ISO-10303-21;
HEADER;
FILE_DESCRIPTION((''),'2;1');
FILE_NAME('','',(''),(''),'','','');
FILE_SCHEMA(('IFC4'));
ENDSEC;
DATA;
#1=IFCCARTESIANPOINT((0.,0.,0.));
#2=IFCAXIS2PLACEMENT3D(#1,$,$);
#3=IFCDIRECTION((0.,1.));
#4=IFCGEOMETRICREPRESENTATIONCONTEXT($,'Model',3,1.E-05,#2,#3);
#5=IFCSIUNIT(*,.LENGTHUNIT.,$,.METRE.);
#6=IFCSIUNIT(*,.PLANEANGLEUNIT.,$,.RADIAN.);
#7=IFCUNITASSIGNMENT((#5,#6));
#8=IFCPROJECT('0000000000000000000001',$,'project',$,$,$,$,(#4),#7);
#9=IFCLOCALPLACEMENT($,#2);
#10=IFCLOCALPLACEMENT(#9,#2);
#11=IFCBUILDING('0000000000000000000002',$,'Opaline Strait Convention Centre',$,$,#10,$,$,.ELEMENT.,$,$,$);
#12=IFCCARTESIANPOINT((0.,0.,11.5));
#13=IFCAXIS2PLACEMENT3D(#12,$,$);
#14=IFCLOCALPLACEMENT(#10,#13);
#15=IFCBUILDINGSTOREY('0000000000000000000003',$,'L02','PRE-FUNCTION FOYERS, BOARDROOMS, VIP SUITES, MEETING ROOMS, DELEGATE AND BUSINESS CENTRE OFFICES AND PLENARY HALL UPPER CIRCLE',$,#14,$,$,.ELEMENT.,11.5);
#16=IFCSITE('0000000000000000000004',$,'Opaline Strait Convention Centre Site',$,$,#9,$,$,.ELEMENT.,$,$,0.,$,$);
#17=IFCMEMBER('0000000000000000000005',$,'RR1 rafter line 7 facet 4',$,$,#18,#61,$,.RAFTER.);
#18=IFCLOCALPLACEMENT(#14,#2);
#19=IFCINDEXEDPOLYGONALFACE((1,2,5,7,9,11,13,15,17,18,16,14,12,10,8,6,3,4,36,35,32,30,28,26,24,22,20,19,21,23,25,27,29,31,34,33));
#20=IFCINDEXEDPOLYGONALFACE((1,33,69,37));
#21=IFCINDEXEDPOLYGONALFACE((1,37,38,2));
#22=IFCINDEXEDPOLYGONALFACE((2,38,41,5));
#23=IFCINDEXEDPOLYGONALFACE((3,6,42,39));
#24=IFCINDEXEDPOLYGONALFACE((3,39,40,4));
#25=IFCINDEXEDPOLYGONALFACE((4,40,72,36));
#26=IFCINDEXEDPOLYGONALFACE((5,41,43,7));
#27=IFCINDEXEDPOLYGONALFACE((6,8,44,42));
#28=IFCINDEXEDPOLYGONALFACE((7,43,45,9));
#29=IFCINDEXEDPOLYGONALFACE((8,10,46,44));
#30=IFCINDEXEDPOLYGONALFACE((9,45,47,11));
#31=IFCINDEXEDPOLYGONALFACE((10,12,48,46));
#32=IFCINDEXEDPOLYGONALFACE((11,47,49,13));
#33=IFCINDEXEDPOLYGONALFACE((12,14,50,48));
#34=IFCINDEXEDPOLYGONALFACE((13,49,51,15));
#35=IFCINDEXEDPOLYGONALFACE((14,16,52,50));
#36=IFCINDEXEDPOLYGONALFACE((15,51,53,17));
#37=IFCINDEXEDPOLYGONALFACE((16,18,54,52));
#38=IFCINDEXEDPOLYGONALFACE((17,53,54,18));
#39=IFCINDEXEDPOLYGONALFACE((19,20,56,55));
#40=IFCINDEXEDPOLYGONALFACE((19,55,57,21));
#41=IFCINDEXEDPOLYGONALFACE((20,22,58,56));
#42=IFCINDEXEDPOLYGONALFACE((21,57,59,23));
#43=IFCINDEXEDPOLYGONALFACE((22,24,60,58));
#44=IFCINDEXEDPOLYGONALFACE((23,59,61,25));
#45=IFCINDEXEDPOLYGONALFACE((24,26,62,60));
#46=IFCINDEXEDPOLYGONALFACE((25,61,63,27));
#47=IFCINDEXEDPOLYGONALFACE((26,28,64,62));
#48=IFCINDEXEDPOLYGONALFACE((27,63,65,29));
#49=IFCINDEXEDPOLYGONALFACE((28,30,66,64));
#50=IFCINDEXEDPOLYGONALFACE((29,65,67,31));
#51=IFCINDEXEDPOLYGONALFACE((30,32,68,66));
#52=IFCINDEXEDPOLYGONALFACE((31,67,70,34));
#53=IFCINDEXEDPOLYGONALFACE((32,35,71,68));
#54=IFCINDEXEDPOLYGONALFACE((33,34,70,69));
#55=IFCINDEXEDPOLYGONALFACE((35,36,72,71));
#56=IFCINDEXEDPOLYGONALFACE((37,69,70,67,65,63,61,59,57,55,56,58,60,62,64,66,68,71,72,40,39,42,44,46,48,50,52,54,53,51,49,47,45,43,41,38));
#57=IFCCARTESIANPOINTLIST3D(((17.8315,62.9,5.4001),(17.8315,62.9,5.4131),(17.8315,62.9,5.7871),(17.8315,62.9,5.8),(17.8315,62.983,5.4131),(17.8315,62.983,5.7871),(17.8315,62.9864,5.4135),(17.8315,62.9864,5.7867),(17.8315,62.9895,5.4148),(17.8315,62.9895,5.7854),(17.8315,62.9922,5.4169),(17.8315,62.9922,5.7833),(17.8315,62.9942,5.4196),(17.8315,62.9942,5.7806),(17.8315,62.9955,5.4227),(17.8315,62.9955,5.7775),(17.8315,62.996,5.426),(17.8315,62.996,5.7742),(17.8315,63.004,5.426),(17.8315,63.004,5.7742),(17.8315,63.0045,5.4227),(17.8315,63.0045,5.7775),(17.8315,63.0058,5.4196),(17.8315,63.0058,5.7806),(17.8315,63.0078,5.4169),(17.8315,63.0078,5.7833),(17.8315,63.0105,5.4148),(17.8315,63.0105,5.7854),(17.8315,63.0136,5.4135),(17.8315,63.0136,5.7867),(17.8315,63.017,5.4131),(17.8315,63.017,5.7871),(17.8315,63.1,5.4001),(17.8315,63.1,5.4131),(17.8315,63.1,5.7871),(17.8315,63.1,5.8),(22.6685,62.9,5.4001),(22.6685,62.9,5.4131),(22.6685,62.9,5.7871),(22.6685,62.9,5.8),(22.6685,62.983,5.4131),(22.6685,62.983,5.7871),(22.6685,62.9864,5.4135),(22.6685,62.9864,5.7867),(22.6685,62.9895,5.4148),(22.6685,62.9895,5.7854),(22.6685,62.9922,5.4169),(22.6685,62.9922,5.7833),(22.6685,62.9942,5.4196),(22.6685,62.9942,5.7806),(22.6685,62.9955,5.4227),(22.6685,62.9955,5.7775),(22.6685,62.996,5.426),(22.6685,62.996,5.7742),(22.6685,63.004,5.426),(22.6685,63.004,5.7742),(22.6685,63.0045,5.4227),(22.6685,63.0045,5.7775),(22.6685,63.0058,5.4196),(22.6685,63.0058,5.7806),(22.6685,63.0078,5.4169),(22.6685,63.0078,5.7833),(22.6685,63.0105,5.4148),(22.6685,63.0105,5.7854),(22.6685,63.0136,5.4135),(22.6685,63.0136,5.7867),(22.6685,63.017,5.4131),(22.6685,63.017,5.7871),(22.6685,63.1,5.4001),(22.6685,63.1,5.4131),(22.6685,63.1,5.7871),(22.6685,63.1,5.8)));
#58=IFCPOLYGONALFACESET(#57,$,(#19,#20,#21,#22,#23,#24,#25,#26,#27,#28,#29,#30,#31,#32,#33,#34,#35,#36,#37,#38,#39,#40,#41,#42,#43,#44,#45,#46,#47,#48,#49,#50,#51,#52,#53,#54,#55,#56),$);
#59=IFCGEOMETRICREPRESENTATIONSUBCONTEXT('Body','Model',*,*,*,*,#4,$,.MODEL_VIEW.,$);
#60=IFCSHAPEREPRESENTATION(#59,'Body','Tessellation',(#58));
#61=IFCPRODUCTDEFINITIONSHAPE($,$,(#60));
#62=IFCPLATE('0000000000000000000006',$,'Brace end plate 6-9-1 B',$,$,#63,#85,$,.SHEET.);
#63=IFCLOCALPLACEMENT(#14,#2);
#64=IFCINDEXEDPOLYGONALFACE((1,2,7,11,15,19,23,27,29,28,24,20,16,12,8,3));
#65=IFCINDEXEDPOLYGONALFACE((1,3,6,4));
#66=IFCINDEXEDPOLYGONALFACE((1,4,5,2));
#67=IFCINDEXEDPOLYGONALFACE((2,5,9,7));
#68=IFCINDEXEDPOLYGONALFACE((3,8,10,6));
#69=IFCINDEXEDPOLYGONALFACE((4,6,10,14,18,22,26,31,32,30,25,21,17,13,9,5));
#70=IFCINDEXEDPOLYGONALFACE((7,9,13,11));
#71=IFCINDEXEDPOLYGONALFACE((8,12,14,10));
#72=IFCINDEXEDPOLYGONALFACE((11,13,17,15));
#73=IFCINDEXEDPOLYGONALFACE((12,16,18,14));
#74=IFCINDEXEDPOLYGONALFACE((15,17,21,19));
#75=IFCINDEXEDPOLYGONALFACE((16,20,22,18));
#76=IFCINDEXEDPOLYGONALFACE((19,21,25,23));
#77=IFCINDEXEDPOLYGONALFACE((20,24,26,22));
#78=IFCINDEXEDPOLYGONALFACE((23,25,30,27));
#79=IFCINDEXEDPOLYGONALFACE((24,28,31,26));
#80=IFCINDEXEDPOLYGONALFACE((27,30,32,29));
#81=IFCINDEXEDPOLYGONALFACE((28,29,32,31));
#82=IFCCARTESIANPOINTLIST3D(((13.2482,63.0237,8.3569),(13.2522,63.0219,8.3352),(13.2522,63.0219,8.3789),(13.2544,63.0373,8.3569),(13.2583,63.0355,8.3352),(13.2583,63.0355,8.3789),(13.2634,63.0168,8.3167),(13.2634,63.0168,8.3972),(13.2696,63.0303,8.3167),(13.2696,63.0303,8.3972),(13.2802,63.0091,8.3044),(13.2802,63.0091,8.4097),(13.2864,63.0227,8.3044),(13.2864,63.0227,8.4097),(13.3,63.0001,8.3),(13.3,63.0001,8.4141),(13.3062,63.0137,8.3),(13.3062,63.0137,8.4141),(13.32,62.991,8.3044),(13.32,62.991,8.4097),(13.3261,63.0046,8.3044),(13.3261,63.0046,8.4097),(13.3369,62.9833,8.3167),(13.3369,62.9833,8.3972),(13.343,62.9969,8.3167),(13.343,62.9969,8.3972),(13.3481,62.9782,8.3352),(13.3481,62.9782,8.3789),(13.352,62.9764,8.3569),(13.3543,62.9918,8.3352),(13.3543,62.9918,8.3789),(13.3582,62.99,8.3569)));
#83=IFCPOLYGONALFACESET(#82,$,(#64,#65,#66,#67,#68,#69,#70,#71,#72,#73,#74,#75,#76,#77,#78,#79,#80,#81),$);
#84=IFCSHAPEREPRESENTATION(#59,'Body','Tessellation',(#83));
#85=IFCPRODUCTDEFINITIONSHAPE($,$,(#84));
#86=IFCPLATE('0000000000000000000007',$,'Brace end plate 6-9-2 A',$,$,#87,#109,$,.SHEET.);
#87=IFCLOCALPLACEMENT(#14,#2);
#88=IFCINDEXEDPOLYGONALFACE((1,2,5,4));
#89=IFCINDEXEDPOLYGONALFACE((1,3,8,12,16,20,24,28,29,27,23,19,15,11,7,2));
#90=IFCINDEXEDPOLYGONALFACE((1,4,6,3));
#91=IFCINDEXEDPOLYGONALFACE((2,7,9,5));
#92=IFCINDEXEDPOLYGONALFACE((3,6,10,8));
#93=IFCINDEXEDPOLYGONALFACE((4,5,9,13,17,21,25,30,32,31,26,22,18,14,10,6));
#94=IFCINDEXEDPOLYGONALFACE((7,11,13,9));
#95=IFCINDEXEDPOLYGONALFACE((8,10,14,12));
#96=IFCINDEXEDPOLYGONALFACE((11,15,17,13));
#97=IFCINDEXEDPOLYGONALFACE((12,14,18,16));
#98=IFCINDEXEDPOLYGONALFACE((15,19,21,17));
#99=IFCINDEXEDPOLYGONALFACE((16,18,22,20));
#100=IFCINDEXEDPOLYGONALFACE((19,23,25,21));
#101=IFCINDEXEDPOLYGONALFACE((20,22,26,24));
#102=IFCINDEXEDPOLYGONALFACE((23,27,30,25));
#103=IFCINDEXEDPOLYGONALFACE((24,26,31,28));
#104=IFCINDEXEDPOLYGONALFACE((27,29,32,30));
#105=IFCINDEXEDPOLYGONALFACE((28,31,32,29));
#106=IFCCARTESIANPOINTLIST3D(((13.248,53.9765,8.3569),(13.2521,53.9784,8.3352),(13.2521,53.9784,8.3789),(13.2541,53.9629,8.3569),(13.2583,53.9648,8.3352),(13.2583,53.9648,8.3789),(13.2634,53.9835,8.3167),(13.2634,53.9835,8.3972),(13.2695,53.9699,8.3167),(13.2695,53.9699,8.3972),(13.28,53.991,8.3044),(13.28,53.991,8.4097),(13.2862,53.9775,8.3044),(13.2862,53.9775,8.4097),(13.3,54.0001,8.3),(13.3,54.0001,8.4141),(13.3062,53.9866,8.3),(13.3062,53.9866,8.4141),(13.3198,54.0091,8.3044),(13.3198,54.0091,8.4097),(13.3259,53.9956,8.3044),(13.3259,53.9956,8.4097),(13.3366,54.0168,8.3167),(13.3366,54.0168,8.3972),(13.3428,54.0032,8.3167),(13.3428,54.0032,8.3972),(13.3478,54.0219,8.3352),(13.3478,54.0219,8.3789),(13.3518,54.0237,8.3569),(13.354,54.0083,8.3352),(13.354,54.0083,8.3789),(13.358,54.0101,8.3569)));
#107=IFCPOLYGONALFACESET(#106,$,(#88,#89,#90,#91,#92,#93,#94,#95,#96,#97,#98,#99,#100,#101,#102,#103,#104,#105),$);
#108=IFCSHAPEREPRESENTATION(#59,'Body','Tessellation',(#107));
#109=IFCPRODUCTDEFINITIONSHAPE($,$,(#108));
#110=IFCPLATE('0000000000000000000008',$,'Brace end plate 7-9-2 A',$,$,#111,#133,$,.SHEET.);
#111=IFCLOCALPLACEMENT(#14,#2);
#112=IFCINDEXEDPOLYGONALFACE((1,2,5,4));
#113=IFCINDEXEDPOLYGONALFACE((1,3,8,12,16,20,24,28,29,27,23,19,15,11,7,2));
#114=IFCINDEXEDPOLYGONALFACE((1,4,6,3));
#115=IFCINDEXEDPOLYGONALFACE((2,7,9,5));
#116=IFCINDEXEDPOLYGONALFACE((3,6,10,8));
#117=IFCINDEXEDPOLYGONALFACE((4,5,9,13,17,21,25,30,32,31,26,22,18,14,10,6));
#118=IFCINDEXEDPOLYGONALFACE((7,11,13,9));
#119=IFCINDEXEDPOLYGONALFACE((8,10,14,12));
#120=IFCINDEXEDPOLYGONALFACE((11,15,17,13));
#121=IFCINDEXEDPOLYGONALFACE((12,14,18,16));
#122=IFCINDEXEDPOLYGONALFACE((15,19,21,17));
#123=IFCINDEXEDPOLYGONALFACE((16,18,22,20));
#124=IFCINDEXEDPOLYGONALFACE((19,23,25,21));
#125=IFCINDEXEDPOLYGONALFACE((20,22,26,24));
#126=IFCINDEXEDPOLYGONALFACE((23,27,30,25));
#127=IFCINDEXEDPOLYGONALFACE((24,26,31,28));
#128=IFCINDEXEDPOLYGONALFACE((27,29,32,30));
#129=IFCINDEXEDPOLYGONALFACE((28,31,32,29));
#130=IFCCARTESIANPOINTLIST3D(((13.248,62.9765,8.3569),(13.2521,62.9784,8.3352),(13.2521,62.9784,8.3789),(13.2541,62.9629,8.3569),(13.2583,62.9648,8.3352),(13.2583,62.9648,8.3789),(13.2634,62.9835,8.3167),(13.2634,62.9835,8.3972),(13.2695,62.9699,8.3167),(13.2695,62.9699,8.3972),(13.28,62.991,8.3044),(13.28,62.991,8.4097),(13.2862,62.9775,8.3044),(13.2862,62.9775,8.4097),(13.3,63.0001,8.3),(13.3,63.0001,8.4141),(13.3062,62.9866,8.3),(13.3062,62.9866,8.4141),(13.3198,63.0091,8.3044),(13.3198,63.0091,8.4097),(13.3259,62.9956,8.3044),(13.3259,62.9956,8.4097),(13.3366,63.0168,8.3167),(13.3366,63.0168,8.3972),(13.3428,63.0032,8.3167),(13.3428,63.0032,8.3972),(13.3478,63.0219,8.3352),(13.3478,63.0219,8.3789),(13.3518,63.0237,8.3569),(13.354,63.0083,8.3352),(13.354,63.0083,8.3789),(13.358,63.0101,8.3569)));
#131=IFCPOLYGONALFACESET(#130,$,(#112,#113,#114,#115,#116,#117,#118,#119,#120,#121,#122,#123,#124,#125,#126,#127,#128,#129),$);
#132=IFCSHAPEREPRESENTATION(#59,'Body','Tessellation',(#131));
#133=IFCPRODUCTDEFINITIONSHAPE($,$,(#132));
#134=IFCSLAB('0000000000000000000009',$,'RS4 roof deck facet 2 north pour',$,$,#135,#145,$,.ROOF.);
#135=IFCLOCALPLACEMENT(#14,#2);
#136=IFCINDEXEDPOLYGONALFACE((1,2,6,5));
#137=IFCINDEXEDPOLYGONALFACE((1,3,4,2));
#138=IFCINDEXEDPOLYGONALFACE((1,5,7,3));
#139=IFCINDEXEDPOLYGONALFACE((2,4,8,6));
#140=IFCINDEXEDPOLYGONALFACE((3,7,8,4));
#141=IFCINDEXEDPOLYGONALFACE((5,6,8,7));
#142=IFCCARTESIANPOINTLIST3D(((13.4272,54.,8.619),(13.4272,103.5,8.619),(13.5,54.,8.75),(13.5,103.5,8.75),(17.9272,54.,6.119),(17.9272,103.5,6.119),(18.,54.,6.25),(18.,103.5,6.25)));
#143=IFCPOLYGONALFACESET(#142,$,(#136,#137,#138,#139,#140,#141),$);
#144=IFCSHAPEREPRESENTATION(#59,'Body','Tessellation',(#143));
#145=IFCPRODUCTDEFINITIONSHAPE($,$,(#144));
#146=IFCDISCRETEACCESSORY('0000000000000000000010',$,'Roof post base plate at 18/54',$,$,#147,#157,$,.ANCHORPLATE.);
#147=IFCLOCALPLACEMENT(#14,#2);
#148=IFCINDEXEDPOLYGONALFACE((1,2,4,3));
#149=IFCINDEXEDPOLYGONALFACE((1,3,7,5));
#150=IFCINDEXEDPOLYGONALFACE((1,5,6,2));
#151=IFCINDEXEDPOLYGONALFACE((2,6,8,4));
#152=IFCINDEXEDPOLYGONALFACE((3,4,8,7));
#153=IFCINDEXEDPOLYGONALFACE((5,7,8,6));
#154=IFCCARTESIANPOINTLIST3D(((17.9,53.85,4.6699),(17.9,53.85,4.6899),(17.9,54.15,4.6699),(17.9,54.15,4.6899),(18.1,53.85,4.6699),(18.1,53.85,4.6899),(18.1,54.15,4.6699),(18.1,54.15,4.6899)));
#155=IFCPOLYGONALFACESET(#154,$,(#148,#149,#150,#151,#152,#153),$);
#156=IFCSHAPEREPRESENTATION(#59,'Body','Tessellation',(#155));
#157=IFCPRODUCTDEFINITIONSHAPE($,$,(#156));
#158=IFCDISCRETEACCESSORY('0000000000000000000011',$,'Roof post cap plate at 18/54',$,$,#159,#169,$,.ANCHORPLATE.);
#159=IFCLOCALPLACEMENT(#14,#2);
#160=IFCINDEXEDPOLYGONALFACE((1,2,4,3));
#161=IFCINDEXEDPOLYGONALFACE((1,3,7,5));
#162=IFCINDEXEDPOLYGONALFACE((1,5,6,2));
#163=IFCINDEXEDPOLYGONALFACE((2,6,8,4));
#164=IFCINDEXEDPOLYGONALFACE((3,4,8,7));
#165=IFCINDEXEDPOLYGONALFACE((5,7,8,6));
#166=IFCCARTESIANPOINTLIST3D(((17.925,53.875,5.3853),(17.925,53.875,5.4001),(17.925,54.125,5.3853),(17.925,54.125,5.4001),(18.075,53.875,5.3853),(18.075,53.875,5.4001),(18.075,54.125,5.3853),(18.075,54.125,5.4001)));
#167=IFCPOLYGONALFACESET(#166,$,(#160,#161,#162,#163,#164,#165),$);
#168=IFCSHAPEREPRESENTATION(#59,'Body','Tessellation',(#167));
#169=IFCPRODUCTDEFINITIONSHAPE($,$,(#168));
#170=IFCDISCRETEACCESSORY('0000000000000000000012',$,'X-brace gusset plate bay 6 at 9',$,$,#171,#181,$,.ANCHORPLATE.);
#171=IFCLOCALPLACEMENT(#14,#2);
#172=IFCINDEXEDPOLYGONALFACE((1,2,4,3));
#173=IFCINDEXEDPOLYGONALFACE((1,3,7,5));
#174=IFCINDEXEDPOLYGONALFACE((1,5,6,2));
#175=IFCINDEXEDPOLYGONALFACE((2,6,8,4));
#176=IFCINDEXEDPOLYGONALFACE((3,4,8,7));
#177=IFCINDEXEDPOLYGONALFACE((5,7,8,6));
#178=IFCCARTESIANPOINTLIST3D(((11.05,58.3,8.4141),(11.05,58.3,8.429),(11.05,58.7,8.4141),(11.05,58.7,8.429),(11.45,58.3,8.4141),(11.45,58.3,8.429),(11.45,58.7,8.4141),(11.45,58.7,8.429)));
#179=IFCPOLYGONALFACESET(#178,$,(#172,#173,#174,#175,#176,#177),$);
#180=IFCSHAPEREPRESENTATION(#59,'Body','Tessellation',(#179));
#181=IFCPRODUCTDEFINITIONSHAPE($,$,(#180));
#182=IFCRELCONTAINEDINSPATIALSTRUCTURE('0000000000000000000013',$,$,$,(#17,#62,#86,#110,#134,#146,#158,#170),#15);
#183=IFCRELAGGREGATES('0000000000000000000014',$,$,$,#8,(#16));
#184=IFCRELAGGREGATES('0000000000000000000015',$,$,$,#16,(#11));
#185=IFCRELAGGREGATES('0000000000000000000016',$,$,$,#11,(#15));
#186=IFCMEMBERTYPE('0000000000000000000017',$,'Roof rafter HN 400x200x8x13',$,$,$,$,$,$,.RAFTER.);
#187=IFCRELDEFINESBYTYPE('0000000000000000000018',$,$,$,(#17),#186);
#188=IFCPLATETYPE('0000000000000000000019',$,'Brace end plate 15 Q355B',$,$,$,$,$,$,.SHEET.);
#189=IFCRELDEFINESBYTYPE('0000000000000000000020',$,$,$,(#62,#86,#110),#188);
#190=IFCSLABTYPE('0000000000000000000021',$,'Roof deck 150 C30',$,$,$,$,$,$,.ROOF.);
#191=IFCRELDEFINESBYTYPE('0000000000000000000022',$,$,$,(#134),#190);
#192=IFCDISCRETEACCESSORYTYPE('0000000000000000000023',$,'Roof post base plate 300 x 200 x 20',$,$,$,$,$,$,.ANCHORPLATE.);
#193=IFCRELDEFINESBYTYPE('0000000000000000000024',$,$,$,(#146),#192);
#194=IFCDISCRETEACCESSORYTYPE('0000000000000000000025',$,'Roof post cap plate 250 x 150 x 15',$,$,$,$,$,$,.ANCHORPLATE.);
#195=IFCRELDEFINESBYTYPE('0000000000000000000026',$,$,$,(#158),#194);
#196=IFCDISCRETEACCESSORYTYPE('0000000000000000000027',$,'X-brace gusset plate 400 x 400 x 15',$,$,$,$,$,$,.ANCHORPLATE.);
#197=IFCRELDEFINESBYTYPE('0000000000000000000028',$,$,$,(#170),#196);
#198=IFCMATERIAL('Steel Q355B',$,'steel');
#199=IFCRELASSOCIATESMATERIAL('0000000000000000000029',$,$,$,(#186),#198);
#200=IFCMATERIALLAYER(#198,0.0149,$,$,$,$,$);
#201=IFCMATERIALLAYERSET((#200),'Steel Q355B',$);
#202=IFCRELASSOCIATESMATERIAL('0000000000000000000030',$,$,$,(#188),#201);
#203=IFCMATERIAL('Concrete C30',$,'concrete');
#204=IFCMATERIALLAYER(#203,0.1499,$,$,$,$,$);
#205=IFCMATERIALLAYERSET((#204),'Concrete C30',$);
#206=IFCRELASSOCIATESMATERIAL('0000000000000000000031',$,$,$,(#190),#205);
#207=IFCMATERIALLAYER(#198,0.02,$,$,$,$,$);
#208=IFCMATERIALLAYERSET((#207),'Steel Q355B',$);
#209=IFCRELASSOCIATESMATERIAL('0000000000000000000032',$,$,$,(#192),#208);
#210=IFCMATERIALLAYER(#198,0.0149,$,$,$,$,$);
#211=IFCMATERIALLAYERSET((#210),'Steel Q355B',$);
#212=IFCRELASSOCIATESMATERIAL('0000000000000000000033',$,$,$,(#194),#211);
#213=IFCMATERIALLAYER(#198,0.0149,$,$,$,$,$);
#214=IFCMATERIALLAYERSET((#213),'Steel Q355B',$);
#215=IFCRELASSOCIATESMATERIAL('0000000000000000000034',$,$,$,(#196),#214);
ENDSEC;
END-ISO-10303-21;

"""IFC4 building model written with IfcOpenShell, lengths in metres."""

from ifc_helpers import new_model, si_unit, direction, frame, origin, origin_2d, place, context, subcontext, project, spatial, polyline, rectangle, i_section, outline, extrude, material, layer, layer_set, material_profile, profile_set, type_object, element, save


model = new_model("IFC4")

# Units and contexts
model_context = context("Model", 3, precision=1e-05, world=origin(), true_north=direction((0.0, 1.0)))
body_context = subcontext(model_context, "Body", "Model", "MODEL_VIEW")
ifc_project = project(units=[si_unit("LENGTHUNIT", "METRE"), si_unit("PLANEANGLEUNIT", "RADIAN")], contexts=[model_context])

# Site, building, storey
site_placement = place(None, origin())
site = spatial("IfcSite", under=ifc_project, at=site_placement, Name="Opaline Strait Convention Centre Site", CompositionType="ELEMENT", RefElevation=0.0)
building_placement = place(site_placement, origin())
building = spatial("IfcBuilding", under=site, at=building_placement, Name="Opaline Strait Convention Centre", CompositionType="ELEMENT")
storey_placement = place(building_placement, frame((0.0, 0.0, 11.5)))
storey = spatial("IfcBuildingStorey", under=building, at=storey_placement, Name="L02", Description="PRE-FUNCTION FOYERS, BOARDROOMS, VIP SUITES, MEETING ROOMS, DELEGATE AND BUSINESS CENTRE OFFICES AND PLENARY HALL UPPER CIRCLE", CompositionType="ELEMENT", Elevation=11.5)

# Member
ifc_material_1 = material(Name="Steel Q355B", Category="steel")
ifc_material_profile_1 = material_profile(ifc_material_1, i_section(OverallWidth=0.2, OverallDepth=0.3999, WebThickness=0.0081, FlangeThickness=0.0129, FilletRadius=0.0129, at=origin_2d()), Name="HN 400x200x8x13")
ifc_profile_set_1 = profile_set([ifc_material_profile_1], Name="Steel Q355B")
member_type_1 = type_object("IfcMemberType", Name="Roof rafter HN 400x200x8x13", PredefinedType="RAFTER", material=ifc_profile_set_1)
member_1_placement = place(storey_placement, frame((17.8315, 63.0, 5.6001), z_axis=(1.0, 0.0, 0.0), x_axis=(0.0, 1.0, 0.0)))
element("IfcMember", 1, at=member_1_placement, inside=storey, type_object=member_type_1, Name="RR1 rafter line 7 facet 4", PredefinedType="RAFTER", context=body_context, shape_type="SweptSolid", body=[
    extrude(i_section(OverallWidth=0.2, OverallDepth=0.3999, WebThickness=0.0081, FlangeThickness=0.0129, FilletRadius=0.0129, at=origin_2d()), origin(), (0.0, 0.0, 1.0), 4.8369),
])

# Plates
ifc_layer_1 = layer(ifc_material_1, 0.0149)
ifc_layer_set_1 = layer_set([ifc_layer_1], Name="Steel Q355B")
plate_type = type_object("IfcPlateType", Name="Brace end plate 15 Q355B", PredefinedType="SHEET", material=ifc_layer_set_1)
plate_placement = place(storey_placement, frame((13.3582, 62.99, 8.3569), z_axis=(0.414547, 0.910028, 0.0), x_axis=(-0.175212, 0.079815, -0.98129)))
element("IfcPlate", 2, at=plate_placement, inside=storey, type_object=plate_type, Name="Brace end plate 6-9-1 B", PredefinedType="SHEET", context=body_context, shape_type="SweptSolid", body=[
    extrude(outline(polyline([(0.0, 0.0), (0.0221, 0.0), (0.0427, 0.0085), (0.0583, 0.0244), (0.0668, 0.0451), (0.0667, 0.0673), (0.0583, 0.0878), (0.0424, 0.1035), (0.022, 0.1119), (-0.0004, 0.1119), (-0.0208, 0.1033), (-0.0366, 0.0876), (-0.0451, 0.0671), (-0.045, 0.0447), (-0.0363, 0.0241), (-0.0207, 0.0084), (0.0, 0.0)])), origin(), (0.0, 0.0, -1.0), 0.0149),
])
for number, where, z_axis, x_axis, name in (
    (3, (13.3518, 54.0237, 8.3569), (-0.413759, 0.910386, 0.0), (-0.179277, -0.081479, -0.980419), "Brace end plate 6-9-2 A"),
    (4, (13.3518, 63.0237, 8.3569), (-0.413759, 0.910386, 0.0), (-0.179277, -0.081479, -0.980419), "Brace end plate 7-9-2 A"),
):
    element("IfcPlate", number, at=place(storey_placement, frame(where, z_axis=z_axis, x_axis=x_axis)), inside=storey, type_object=plate_type, Name=name, PredefinedType="SHEET", context=body_context, shape_type="SweptSolid", body=[
        extrude(outline(polyline([(0.0, 0.0), (0.0222, 0.0), (0.0428, 0.0084), (0.0584, 0.0242), (0.067, 0.0446), (0.067, 0.067), (0.0586, 0.0873), (0.0429, 0.103), (0.0225, 0.1118), (0.0, 0.1117), (-0.0204, 0.1032), (-0.0362, 0.0877), (-0.0448, 0.0671), (-0.0448, 0.0449), (-0.0362, 0.0243), (-0.0207, 0.0086), (0.0, 0.0)])), origin(), (0.0, 0.0, -1.0), 0.0149),
    ])

# Slab
ifc_material_2 = material(Name="Concrete C30", Category="concrete")
ifc_layer_2 = layer(ifc_material_2, 0.1499)
ifc_layer_set_2 = layer_set([ifc_layer_2], Name="Concrete C30")
slab_type = type_object("IfcSlabType", Name="Roof deck 150 C30", PredefinedType="ROOF", material=ifc_layer_set_2)
slab_placement = place(storey_placement, frame((13.5, 54.0, 8.75), z_axis=(0.485643, 0.0, 0.874157), x_axis=(0.874157, 0.0, -0.485643)))
element("IfcSlab", 5, at=slab_placement, inside=storey, type_object=slab_type, Name="RS4 roof deck facet 2 north pour", PredefinedType="ROOF", context=body_context, shape_type="SweptSolid", body=[
    extrude(outline(polyline([(0.0, 0.0), (5.1478, 0.0), (5.1478, 49.5), (0.0, 49.5), (0.0, 0.0)])), origin(), (0.0, 0.0, -1.0), 0.1499),
])

# Discrete accessories
ifc_layer_3 = layer(ifc_material_1, 0.02)
ifc_layer_set_3 = layer_set([ifc_layer_3], Name="Steel Q355B")
discrete_accessory_type_1 = type_object("IfcDiscreteAccessoryType", Name="Roof post base plate 300 x 200 x 20", PredefinedType="ANCHORPLATE", material=ifc_layer_set_3)
discrete_accessory_1_placement = place(storey_placement, frame((18.0, 54.0, 4.6699), z_axis=(0.0, 0.0, 1.0), x_axis=(1.0, 0.0, 0.0)))
element("IfcDiscreteAccessory", 6, at=discrete_accessory_1_placement, inside=storey, type_object=discrete_accessory_type_1, Name="Roof post base plate at 18/54", PredefinedType="ANCHORPLATE", context=body_context, shape_type="SweptSolid", body=[
    extrude(rectangle(XDim=0.2, YDim=0.3, at=origin_2d()), origin(), (0.0, 0.0, 1.0), 0.02),
])
ifc_layer_4 = layer(ifc_material_1, 0.0149)
ifc_layer_set_4 = layer_set([ifc_layer_4], Name="Steel Q355B")
discrete_accessory_type_2 = type_object("IfcDiscreteAccessoryType", Name="Roof post cap plate 250 x 150 x 15", PredefinedType="ANCHORPLATE", material=ifc_layer_set_4)
discrete_accessory_2_placement = place(storey_placement, frame((18.0, 54.0, 5.3853), z_axis=(0.0, 0.0, 1.0), x_axis=(1.0, 0.0, 0.0)))
element("IfcDiscreteAccessory", 7, at=discrete_accessory_2_placement, inside=storey, type_object=discrete_accessory_type_2, Name="Roof post cap plate at 18/54", PredefinedType="ANCHORPLATE", context=body_context, shape_type="SweptSolid", body=[
    extrude(rectangle(XDim=0.1499, YDim=0.25, at=origin_2d()), origin(), (0.0, 0.0, 1.0), 0.0149),
])
ifc_layer_5 = layer(ifc_material_1, 0.0149)
ifc_layer_set_5 = layer_set([ifc_layer_5], Name="Steel Q355B")
discrete_accessory_type_3 = type_object("IfcDiscreteAccessoryType", Name="X-brace gusset plate 400 x 400 x 15", PredefinedType="ANCHORPLATE", material=ifc_layer_set_5)
discrete_accessory_3_placement = place(storey_placement, frame((11.25, 58.5, 8.4141), z_axis=(0.0, 0.0, 1.0), x_axis=(1.0, 0.0, 0.0)))
element("IfcDiscreteAccessory", 8, at=discrete_accessory_3_placement, inside=storey, type_object=discrete_accessory_type_3, Name="X-brace gusset plate bay 6 at 9", PredefinedType="ANCHORPLATE", context=body_context, shape_type="SweptSolid", body=[
    extrude(rectangle(XDim=0.3999, YDim=0.3999, at=origin_2d()), origin(), (0.0, 0.0, 1.0), 0.0149),
])

save(model, "model.ifc")
